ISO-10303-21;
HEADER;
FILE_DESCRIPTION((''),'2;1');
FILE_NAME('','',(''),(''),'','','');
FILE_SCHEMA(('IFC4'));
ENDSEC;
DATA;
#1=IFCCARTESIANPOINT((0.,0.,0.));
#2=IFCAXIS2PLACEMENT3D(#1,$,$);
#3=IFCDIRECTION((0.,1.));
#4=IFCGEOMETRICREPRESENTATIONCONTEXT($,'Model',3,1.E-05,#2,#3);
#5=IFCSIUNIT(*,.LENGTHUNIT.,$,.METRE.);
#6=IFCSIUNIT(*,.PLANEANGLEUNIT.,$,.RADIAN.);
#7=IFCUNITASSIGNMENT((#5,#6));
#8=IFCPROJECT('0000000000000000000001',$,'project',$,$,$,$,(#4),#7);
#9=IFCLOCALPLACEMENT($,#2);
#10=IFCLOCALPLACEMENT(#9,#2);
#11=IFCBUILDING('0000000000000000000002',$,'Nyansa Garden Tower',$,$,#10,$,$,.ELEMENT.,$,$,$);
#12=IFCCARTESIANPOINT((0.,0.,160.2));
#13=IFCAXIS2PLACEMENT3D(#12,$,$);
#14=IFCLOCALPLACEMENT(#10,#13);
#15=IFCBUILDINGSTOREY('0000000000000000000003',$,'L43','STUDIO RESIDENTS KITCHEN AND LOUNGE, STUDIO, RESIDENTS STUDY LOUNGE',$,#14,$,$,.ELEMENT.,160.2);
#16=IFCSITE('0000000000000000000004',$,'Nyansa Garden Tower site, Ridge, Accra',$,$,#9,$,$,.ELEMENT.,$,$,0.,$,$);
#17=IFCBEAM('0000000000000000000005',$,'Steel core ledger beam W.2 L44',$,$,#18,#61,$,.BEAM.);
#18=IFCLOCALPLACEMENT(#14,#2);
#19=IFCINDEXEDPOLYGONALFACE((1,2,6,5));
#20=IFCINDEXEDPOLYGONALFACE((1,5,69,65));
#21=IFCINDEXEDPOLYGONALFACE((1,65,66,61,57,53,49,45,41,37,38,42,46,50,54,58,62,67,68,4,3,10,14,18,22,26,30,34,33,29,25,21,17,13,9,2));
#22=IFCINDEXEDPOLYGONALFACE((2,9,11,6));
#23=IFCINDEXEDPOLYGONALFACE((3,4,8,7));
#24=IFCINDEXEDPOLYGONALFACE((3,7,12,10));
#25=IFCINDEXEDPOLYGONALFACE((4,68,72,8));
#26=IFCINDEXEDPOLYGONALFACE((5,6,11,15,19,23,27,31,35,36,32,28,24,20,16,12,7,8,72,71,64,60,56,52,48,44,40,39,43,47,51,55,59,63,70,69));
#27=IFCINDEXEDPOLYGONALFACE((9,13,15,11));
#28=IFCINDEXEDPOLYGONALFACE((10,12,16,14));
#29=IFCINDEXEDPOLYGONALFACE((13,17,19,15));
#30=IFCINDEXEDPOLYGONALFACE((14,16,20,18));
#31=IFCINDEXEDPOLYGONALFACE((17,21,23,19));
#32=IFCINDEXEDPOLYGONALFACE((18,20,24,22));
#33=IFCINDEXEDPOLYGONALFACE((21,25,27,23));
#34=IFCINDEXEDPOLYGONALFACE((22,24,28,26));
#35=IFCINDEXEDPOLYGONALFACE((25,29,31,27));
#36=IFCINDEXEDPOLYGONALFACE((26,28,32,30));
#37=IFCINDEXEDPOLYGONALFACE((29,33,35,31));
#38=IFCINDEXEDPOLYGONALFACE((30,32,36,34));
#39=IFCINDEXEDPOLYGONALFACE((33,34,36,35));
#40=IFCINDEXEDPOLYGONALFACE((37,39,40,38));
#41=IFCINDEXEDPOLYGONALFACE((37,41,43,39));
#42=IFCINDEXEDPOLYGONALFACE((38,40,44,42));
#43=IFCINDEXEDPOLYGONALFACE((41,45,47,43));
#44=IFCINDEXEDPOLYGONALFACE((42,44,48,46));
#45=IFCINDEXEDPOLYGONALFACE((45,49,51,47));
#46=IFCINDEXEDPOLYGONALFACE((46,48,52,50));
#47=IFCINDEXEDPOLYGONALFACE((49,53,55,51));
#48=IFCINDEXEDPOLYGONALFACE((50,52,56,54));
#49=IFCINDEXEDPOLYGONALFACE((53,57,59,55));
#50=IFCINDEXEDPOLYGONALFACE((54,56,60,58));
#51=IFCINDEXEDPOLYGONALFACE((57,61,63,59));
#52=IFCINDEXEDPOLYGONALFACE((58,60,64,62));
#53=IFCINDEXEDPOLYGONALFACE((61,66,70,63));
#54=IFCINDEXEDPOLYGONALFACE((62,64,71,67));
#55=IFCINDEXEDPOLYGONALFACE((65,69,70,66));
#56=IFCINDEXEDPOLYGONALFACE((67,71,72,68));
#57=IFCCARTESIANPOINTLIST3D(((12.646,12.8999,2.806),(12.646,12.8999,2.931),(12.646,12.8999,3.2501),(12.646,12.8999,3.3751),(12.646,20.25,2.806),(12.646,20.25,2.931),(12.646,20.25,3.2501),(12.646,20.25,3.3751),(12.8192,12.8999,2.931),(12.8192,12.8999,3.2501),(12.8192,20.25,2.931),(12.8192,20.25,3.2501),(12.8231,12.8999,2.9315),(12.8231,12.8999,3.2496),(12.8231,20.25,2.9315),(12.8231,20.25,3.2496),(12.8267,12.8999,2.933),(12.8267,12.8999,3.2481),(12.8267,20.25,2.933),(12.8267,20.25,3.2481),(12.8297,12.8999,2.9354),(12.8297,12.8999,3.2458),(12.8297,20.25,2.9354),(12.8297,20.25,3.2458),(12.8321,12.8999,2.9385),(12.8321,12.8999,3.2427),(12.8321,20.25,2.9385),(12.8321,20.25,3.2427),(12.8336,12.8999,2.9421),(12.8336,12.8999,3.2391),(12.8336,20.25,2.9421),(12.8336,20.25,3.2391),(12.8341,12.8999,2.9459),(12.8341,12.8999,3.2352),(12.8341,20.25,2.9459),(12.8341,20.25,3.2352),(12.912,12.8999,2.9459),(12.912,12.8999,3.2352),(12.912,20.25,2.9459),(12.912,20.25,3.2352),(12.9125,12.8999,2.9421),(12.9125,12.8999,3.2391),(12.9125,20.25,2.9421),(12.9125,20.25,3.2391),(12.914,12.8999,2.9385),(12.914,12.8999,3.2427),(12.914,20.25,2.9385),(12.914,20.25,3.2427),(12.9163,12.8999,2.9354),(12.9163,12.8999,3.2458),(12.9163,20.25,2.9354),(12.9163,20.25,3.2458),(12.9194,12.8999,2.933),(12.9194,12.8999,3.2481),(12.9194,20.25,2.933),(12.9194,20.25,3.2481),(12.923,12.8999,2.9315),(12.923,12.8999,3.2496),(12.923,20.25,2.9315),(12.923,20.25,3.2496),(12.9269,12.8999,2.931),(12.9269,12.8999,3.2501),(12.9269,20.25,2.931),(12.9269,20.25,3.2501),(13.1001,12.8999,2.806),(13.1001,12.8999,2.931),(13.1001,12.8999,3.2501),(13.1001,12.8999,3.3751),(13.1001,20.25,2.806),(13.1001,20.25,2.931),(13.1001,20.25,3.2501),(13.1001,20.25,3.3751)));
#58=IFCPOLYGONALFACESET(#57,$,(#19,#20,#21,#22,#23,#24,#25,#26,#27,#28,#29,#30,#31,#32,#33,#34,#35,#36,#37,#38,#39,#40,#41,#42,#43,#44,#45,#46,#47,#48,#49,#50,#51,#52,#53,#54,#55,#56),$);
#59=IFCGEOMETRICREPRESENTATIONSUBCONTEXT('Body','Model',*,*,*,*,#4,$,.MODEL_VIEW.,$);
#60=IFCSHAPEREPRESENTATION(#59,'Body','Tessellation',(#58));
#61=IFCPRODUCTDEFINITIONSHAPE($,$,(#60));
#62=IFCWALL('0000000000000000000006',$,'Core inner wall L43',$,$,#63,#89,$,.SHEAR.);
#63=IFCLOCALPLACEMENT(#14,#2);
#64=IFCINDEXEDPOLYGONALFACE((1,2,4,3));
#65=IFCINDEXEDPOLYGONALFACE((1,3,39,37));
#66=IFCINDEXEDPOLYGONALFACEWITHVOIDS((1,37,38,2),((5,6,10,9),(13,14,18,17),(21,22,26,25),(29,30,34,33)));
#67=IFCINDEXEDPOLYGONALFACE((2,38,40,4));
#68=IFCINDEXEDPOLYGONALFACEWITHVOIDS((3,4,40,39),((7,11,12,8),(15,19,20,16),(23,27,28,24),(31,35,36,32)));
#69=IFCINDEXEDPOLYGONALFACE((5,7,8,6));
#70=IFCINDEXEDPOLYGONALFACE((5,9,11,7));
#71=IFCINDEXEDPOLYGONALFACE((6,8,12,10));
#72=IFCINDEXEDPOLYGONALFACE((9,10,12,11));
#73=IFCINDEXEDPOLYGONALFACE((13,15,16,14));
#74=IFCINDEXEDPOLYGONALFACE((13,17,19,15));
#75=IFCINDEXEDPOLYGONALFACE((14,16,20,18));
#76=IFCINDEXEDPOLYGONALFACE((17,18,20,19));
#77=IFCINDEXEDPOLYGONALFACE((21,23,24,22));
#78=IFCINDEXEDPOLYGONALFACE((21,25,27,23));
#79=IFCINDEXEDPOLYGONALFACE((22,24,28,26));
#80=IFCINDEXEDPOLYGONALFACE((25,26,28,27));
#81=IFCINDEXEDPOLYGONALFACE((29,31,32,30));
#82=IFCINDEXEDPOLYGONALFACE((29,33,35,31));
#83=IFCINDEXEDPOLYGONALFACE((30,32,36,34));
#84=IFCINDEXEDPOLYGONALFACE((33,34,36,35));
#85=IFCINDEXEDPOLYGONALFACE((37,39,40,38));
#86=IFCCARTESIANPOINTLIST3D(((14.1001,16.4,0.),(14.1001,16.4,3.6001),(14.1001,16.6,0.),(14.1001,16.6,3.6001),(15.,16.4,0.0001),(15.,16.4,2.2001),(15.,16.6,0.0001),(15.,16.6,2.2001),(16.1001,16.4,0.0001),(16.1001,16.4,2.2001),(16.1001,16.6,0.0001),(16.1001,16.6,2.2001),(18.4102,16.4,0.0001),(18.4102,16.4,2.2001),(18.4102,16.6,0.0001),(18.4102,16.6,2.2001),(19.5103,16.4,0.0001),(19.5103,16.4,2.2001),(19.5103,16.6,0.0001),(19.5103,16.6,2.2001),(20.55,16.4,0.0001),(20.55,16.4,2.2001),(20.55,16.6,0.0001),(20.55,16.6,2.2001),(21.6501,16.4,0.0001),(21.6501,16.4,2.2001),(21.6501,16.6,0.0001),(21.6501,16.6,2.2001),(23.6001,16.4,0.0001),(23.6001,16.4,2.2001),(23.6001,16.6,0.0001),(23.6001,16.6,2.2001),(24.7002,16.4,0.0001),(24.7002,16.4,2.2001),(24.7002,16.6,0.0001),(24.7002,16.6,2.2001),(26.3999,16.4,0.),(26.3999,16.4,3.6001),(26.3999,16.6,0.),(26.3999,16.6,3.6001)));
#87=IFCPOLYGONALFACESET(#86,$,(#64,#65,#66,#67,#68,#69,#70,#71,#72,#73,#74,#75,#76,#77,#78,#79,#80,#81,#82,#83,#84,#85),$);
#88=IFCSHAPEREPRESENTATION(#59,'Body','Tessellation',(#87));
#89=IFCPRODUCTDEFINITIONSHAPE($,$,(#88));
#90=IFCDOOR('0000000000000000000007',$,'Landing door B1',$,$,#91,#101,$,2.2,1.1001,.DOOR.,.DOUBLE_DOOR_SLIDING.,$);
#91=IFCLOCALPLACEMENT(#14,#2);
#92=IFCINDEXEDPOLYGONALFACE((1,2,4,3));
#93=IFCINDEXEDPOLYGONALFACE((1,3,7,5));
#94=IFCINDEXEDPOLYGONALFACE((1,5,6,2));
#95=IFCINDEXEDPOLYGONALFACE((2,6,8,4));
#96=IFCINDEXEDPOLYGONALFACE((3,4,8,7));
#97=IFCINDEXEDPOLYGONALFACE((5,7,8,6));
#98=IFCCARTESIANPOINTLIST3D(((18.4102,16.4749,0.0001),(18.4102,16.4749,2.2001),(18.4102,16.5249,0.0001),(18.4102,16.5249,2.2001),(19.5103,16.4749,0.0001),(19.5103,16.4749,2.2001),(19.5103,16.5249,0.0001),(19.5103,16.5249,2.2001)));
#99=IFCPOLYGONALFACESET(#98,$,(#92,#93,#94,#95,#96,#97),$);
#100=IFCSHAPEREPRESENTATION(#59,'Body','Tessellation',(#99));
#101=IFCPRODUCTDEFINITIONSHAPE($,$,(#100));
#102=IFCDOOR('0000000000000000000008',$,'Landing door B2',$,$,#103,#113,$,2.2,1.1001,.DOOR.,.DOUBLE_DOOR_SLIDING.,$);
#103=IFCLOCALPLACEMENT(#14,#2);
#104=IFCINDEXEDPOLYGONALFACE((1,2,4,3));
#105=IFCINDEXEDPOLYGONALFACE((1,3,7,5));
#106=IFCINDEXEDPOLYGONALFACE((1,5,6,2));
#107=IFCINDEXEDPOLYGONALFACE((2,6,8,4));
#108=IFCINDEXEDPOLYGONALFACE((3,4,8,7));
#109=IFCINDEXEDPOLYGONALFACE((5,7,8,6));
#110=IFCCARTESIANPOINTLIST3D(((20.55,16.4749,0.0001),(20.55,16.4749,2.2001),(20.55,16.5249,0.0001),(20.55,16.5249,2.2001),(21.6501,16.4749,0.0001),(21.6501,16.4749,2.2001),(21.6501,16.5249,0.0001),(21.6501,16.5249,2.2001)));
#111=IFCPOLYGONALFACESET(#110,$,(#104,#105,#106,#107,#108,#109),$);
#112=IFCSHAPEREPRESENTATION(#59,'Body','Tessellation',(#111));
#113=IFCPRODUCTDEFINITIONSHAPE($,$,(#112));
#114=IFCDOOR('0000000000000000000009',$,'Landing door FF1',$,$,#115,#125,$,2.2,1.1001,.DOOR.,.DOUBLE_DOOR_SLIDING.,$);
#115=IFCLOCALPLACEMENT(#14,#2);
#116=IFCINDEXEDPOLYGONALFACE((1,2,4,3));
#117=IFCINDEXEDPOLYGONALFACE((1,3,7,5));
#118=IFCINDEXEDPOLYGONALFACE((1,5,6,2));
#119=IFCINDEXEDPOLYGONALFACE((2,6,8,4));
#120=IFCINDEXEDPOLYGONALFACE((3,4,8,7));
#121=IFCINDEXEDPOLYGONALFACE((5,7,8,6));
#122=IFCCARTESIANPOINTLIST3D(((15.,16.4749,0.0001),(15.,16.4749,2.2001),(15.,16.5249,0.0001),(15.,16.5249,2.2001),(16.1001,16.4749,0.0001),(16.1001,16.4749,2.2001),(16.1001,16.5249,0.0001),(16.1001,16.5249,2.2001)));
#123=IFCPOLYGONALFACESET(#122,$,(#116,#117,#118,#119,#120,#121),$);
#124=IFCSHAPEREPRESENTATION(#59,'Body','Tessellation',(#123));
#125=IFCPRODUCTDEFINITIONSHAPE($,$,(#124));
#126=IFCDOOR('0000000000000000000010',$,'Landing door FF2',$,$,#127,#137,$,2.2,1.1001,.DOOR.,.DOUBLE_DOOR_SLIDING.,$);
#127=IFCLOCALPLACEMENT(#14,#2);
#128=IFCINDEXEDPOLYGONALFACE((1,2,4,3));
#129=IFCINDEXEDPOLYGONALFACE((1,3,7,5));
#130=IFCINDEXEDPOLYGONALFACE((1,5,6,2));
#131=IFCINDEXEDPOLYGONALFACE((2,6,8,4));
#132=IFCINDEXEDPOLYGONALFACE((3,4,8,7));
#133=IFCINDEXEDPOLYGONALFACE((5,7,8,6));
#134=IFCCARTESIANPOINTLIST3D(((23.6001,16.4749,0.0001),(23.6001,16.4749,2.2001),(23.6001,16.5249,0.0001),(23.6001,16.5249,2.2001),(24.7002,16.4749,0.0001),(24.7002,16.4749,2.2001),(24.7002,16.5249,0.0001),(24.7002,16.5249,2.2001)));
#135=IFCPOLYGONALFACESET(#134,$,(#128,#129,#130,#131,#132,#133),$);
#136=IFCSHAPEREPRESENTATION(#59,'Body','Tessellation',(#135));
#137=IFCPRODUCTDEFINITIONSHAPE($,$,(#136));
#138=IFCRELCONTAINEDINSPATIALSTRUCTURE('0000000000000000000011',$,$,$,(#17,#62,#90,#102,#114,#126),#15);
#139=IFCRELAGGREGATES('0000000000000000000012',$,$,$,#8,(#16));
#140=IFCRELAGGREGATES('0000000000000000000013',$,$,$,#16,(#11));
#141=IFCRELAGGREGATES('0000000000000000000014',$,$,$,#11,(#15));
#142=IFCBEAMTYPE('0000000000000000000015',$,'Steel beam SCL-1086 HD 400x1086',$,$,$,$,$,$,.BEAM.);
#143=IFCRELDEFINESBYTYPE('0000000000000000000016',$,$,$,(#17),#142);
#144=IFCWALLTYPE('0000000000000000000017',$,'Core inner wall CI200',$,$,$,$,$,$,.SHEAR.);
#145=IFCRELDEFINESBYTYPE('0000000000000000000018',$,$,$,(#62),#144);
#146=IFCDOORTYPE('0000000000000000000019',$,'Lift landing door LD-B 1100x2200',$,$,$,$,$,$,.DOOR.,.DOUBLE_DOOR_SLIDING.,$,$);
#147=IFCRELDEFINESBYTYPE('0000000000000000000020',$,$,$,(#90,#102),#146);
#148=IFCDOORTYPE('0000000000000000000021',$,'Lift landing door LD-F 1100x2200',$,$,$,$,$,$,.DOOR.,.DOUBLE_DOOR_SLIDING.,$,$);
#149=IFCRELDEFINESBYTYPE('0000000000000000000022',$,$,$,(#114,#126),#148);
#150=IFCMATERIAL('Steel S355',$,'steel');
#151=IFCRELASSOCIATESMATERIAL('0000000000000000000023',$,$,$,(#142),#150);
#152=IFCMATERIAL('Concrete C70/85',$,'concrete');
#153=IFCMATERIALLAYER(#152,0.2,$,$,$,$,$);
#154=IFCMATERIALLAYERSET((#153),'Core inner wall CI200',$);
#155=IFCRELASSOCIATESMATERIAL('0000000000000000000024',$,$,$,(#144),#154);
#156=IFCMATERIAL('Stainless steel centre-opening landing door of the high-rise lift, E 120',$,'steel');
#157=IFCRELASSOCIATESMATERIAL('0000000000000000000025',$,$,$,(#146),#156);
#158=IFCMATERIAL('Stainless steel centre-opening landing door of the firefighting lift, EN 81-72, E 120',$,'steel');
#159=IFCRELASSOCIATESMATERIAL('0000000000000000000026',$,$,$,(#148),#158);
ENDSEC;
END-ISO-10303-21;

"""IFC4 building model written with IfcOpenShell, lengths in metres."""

from ifc_helpers import new_model, si_unit, direction, frame, frame_2d, origin, origin_2d, place, context, subcontext, project, spatial, rectangle, i_section, extrude, material, layer, layer_set, material_profile, profile_set, type_object, element, fill, save


model = new_model("IFC4")

# Units and contexts
model_context = context("Model", 3, precision=1e-05, world=origin(), true_north=direction((0.0, 1.0)))
body_context = subcontext(model_context, "Body", "Model", "MODEL_VIEW")
ifc_project = project(units=[si_unit("LENGTHUNIT", "METRE"), si_unit("PLANEANGLEUNIT", "RADIAN")], contexts=[model_context])

# Site, building, storey
site_placement = place(None, origin())
site = spatial("IfcSite", under=ifc_project, at=site_placement, Name="Nyansa Garden Tower site, Ridge, Accra", CompositionType="ELEMENT", RefElevation=0.0)
building_placement = place(site_placement, origin())
building = spatial("IfcBuilding", under=site, at=building_placement, Name="Nyansa Garden Tower", CompositionType="ELEMENT")
storey_placement = place(building_placement, frame((0.0, 0.0, 160.2)))
storey = spatial("IfcBuildingStorey", under=building, at=storey_placement, Name="L43", Description="STUDIO RESIDENTS KITCHEN AND LOUNGE, STUDIO, RESIDENTS STUDY LOUNGE", CompositionType="ELEMENT", Elevation=160.2)

# Beam
ifc_material_1 = material(Name="Steel S355", Category="steel")
ifc_material_profile_1 = material_profile(ifc_material_1, i_section(OverallWidth=0.4541, OverallDepth=0.5691, WebThickness=0.0779, FlangeThickness=0.125, FilletRadius=0.0149, at=origin_2d()), Name="HD 400x1086")
ifc_profile_set_1 = profile_set([ifc_material_profile_1], Name="Steel S355")
beam_type_1 = type_object("IfcBeamType", Name="Steel beam SCL-1086 HD 400x1086", PredefinedType="BEAM", material=ifc_profile_set_1)
beam_1_placement = place(storey_placement, frame((12.873, 20.25, 3.0906), z_axis=(0.0, -1.0, 0.0), x_axis=(1.0, 0.0, 0.0)))
element("IfcBeam", 1, at=beam_1_placement, inside=storey, type_object=beam_type_1, Name="Steel core ledger beam W.2 L44", PredefinedType="BEAM", context=body_context, shape_type="SweptSolid", body=[
    extrude(i_section(OverallWidth=0.4541, OverallDepth=0.5691, WebThickness=0.0779, FlangeThickness=0.125, FilletRadius=0.0149, at=origin_2d()), origin(), (0.0, 0.0, 1.0), 7.3501),
])

# Wall, openings, doors
ifc_material_2 = material(Name="Concrete C70/85", Category="concrete")
ifc_layer_1 = layer(ifc_material_2, 0.2)
ifc_layer_set_1 = layer_set([ifc_layer_1], Name="Core inner wall CI200")
wall_type_1 = type_object("IfcWallType", Name="Core inner wall CI200", PredefinedType="SHEAR", material=ifc_layer_set_1)
wall_1_placement = place(storey_placement, frame((14.1001, 16.5, 0.0), z_axis=(0.0, 0.0, 1.0), x_axis=(1.0, 0.0, 0.0)))
wall_1 = element("IfcWall", 2, at=wall_1_placement, inside=storey, type_object=wall_type_1, Name="Core inner wall L43", PredefinedType="SHEAR", context=body_context, shape_type="SweptSolid", body=[
    extrude(rectangle(XDim=12.2998, YDim=0.2, at=frame_2d((6.1499, 0.0))), origin(), (0.0, 0.0, 1.0), 3.6001),
])
opening_1_placement = place(wall_1_placement, frame((0.8999, 0.0, 0.0)))
opening_1 = element("IfcOpeningElement", 3, at=opening_1_placement, cuts=wall_1, PredefinedType="OPENING", context=body_context, shape_type="SweptSolid", body=[
    extrude(rectangle(XDim=1.1001, YDim=2.2, at=frame_2d((0.55, 1.1001))), frame((0.0, 0.1099, 0.0), z_axis=(0.0, -1.0, 0.0), x_axis=(1.0, 0.0, 0.0)), (0.0, 0.0, 1.0), 0.22),
])
opening_2_placement = place(wall_1_placement, frame((4.3101, 0.0, 0.0)))
opening_2 = element("IfcOpeningElement", 4, at=opening_2_placement, cuts=wall_1, PredefinedType="OPENING", context=body_context, shape_type="SweptSolid", body=[
    extrude(rectangle(XDim=1.1001, YDim=2.2, at=frame_2d((0.55, 1.1001))), frame((0.0, 0.1099, 0.0), z_axis=(0.0, -1.0, 0.0), x_axis=(1.0, 0.0, 0.0)), (0.0, 0.0, 1.0), 0.22),
])
opening_3_placement = place(wall_1_placement, frame((6.45, 0.0, 0.0)))
opening_3 = element("IfcOpeningElement", 5, at=opening_3_placement, cuts=wall_1, PredefinedType="OPENING", context=body_context, shape_type="SweptSolid", body=[
    extrude(rectangle(XDim=1.1001, YDim=2.2, at=frame_2d((0.55, 1.1001))), frame((0.0, 0.1099, 0.0), z_axis=(0.0, -1.0, 0.0), x_axis=(1.0, 0.0, 0.0)), (0.0, 0.0, 1.0), 0.22),
])
opening_4_placement = place(wall_1_placement, frame((9.5, 0.0, 0.0)))
opening_4 = element("IfcOpeningElement", 6, at=opening_4_placement, cuts=wall_1, PredefinedType="OPENING", context=body_context, shape_type="SweptSolid", body=[
    extrude(rectangle(XDim=1.1001, YDim=2.2, at=frame_2d((0.55, 1.1001))), frame((0.0, 0.1099, 0.0), z_axis=(0.0, -1.0, 0.0), x_axis=(1.0, 0.0, 0.0)), (0.0, 0.0, 1.0), 0.22),
])
ifc_material_3 = material(Name="Stainless steel centre-opening landing door of the high-rise lift, E 120", Category="steel")
door_type_1 = type_object("IfcDoorType", Name="Lift landing door LD-B 1100x2200", OperationType="DOUBLE_DOOR_SLIDING", PredefinedType="DOOR", material=ifc_material_3)
door_1_placement = place(opening_2_placement, origin())
door_1 = element("IfcDoor", 7, at=door_1_placement, inside=storey, type_object=door_type_1, Name="Landing door B1", OperationType="DOUBLE_DOOR_SLIDING", OverallHeight=2.2, OverallWidth=1.1001, PredefinedType="DOOR", context=body_context, shape_type="SweptSolid", body=[
    extrude(rectangle(XDim=1.1001, YDim=2.2, at=frame_2d((0.55, 1.1001))), frame((0.0, 0.0249, 0.0), z_axis=(0.0, -1.0, 0.0), x_axis=(1.0, 0.0, 0.0)), (0.0, 0.0, 1.0), 0.05),
])
fill(opening_2, door_1)
door_2_placement = place(opening_3_placement, origin())
door_2 = element("IfcDoor", 8, at=door_2_placement, inside=storey, type_object=door_type_1, Name="Landing door B2", OperationType="DOUBLE_DOOR_SLIDING", OverallHeight=2.2, OverallWidth=1.1001, PredefinedType="DOOR", context=body_context, shape_type="SweptSolid", body=[
    extrude(rectangle(XDim=1.1001, YDim=2.2, at=frame_2d((0.55, 1.1001))), frame((0.0, 0.0249, 0.0), z_axis=(0.0, -1.0, 0.0), x_axis=(1.0, 0.0, 0.0)), (0.0, 0.0, 1.0), 0.05),
])
fill(opening_3, door_2)
ifc_material_4 = material(Name="Stainless steel centre-opening landing door of the firefighting lift, EN 81-72, E 120", Category="steel")
door_type_2 = type_object("IfcDoorType", Name="Lift landing door LD-F 1100x2200", OperationType="DOUBLE_DOOR_SLIDING", PredefinedType="DOOR", material=ifc_material_4)
door_3_placement = place(opening_1_placement, origin())
door_3 = element("IfcDoor", 9, at=door_3_placement, inside=storey, type_object=door_type_2, Name="Landing door FF1", OperationType="DOUBLE_DOOR_SLIDING", OverallHeight=2.2, OverallWidth=1.1001, PredefinedType="DOOR", context=body_context, shape_type="SweptSolid", body=[
    extrude(rectangle(XDim=1.1001, YDim=2.2, at=frame_2d((0.55, 1.1001))), frame((0.0, 0.0249, 0.0), z_axis=(0.0, -1.0, 0.0), x_axis=(1.0, 0.0, 0.0)), (0.0, 0.0, 1.0), 0.05),
])
fill(opening_1, door_3)
door_4_placement = place(opening_4_placement, origin())
door_4 = element("IfcDoor", 10, at=door_4_placement, inside=storey, type_object=door_type_2, Name="Landing door FF2", OperationType="DOUBLE_DOOR_SLIDING", OverallHeight=2.2, OverallWidth=1.1001, PredefinedType="DOOR", context=body_context, shape_type="SweptSolid", body=[
    extrude(rectangle(XDim=1.1001, YDim=2.2, at=frame_2d((0.55, 1.1001))), frame((0.0, 0.0249, 0.0), z_axis=(0.0, -1.0, 0.0), x_axis=(1.0, 0.0, 0.0)), (0.0, 0.0, 1.0), 0.05),
])
fill(opening_4, door_4)

save(model, "model.ifc")
